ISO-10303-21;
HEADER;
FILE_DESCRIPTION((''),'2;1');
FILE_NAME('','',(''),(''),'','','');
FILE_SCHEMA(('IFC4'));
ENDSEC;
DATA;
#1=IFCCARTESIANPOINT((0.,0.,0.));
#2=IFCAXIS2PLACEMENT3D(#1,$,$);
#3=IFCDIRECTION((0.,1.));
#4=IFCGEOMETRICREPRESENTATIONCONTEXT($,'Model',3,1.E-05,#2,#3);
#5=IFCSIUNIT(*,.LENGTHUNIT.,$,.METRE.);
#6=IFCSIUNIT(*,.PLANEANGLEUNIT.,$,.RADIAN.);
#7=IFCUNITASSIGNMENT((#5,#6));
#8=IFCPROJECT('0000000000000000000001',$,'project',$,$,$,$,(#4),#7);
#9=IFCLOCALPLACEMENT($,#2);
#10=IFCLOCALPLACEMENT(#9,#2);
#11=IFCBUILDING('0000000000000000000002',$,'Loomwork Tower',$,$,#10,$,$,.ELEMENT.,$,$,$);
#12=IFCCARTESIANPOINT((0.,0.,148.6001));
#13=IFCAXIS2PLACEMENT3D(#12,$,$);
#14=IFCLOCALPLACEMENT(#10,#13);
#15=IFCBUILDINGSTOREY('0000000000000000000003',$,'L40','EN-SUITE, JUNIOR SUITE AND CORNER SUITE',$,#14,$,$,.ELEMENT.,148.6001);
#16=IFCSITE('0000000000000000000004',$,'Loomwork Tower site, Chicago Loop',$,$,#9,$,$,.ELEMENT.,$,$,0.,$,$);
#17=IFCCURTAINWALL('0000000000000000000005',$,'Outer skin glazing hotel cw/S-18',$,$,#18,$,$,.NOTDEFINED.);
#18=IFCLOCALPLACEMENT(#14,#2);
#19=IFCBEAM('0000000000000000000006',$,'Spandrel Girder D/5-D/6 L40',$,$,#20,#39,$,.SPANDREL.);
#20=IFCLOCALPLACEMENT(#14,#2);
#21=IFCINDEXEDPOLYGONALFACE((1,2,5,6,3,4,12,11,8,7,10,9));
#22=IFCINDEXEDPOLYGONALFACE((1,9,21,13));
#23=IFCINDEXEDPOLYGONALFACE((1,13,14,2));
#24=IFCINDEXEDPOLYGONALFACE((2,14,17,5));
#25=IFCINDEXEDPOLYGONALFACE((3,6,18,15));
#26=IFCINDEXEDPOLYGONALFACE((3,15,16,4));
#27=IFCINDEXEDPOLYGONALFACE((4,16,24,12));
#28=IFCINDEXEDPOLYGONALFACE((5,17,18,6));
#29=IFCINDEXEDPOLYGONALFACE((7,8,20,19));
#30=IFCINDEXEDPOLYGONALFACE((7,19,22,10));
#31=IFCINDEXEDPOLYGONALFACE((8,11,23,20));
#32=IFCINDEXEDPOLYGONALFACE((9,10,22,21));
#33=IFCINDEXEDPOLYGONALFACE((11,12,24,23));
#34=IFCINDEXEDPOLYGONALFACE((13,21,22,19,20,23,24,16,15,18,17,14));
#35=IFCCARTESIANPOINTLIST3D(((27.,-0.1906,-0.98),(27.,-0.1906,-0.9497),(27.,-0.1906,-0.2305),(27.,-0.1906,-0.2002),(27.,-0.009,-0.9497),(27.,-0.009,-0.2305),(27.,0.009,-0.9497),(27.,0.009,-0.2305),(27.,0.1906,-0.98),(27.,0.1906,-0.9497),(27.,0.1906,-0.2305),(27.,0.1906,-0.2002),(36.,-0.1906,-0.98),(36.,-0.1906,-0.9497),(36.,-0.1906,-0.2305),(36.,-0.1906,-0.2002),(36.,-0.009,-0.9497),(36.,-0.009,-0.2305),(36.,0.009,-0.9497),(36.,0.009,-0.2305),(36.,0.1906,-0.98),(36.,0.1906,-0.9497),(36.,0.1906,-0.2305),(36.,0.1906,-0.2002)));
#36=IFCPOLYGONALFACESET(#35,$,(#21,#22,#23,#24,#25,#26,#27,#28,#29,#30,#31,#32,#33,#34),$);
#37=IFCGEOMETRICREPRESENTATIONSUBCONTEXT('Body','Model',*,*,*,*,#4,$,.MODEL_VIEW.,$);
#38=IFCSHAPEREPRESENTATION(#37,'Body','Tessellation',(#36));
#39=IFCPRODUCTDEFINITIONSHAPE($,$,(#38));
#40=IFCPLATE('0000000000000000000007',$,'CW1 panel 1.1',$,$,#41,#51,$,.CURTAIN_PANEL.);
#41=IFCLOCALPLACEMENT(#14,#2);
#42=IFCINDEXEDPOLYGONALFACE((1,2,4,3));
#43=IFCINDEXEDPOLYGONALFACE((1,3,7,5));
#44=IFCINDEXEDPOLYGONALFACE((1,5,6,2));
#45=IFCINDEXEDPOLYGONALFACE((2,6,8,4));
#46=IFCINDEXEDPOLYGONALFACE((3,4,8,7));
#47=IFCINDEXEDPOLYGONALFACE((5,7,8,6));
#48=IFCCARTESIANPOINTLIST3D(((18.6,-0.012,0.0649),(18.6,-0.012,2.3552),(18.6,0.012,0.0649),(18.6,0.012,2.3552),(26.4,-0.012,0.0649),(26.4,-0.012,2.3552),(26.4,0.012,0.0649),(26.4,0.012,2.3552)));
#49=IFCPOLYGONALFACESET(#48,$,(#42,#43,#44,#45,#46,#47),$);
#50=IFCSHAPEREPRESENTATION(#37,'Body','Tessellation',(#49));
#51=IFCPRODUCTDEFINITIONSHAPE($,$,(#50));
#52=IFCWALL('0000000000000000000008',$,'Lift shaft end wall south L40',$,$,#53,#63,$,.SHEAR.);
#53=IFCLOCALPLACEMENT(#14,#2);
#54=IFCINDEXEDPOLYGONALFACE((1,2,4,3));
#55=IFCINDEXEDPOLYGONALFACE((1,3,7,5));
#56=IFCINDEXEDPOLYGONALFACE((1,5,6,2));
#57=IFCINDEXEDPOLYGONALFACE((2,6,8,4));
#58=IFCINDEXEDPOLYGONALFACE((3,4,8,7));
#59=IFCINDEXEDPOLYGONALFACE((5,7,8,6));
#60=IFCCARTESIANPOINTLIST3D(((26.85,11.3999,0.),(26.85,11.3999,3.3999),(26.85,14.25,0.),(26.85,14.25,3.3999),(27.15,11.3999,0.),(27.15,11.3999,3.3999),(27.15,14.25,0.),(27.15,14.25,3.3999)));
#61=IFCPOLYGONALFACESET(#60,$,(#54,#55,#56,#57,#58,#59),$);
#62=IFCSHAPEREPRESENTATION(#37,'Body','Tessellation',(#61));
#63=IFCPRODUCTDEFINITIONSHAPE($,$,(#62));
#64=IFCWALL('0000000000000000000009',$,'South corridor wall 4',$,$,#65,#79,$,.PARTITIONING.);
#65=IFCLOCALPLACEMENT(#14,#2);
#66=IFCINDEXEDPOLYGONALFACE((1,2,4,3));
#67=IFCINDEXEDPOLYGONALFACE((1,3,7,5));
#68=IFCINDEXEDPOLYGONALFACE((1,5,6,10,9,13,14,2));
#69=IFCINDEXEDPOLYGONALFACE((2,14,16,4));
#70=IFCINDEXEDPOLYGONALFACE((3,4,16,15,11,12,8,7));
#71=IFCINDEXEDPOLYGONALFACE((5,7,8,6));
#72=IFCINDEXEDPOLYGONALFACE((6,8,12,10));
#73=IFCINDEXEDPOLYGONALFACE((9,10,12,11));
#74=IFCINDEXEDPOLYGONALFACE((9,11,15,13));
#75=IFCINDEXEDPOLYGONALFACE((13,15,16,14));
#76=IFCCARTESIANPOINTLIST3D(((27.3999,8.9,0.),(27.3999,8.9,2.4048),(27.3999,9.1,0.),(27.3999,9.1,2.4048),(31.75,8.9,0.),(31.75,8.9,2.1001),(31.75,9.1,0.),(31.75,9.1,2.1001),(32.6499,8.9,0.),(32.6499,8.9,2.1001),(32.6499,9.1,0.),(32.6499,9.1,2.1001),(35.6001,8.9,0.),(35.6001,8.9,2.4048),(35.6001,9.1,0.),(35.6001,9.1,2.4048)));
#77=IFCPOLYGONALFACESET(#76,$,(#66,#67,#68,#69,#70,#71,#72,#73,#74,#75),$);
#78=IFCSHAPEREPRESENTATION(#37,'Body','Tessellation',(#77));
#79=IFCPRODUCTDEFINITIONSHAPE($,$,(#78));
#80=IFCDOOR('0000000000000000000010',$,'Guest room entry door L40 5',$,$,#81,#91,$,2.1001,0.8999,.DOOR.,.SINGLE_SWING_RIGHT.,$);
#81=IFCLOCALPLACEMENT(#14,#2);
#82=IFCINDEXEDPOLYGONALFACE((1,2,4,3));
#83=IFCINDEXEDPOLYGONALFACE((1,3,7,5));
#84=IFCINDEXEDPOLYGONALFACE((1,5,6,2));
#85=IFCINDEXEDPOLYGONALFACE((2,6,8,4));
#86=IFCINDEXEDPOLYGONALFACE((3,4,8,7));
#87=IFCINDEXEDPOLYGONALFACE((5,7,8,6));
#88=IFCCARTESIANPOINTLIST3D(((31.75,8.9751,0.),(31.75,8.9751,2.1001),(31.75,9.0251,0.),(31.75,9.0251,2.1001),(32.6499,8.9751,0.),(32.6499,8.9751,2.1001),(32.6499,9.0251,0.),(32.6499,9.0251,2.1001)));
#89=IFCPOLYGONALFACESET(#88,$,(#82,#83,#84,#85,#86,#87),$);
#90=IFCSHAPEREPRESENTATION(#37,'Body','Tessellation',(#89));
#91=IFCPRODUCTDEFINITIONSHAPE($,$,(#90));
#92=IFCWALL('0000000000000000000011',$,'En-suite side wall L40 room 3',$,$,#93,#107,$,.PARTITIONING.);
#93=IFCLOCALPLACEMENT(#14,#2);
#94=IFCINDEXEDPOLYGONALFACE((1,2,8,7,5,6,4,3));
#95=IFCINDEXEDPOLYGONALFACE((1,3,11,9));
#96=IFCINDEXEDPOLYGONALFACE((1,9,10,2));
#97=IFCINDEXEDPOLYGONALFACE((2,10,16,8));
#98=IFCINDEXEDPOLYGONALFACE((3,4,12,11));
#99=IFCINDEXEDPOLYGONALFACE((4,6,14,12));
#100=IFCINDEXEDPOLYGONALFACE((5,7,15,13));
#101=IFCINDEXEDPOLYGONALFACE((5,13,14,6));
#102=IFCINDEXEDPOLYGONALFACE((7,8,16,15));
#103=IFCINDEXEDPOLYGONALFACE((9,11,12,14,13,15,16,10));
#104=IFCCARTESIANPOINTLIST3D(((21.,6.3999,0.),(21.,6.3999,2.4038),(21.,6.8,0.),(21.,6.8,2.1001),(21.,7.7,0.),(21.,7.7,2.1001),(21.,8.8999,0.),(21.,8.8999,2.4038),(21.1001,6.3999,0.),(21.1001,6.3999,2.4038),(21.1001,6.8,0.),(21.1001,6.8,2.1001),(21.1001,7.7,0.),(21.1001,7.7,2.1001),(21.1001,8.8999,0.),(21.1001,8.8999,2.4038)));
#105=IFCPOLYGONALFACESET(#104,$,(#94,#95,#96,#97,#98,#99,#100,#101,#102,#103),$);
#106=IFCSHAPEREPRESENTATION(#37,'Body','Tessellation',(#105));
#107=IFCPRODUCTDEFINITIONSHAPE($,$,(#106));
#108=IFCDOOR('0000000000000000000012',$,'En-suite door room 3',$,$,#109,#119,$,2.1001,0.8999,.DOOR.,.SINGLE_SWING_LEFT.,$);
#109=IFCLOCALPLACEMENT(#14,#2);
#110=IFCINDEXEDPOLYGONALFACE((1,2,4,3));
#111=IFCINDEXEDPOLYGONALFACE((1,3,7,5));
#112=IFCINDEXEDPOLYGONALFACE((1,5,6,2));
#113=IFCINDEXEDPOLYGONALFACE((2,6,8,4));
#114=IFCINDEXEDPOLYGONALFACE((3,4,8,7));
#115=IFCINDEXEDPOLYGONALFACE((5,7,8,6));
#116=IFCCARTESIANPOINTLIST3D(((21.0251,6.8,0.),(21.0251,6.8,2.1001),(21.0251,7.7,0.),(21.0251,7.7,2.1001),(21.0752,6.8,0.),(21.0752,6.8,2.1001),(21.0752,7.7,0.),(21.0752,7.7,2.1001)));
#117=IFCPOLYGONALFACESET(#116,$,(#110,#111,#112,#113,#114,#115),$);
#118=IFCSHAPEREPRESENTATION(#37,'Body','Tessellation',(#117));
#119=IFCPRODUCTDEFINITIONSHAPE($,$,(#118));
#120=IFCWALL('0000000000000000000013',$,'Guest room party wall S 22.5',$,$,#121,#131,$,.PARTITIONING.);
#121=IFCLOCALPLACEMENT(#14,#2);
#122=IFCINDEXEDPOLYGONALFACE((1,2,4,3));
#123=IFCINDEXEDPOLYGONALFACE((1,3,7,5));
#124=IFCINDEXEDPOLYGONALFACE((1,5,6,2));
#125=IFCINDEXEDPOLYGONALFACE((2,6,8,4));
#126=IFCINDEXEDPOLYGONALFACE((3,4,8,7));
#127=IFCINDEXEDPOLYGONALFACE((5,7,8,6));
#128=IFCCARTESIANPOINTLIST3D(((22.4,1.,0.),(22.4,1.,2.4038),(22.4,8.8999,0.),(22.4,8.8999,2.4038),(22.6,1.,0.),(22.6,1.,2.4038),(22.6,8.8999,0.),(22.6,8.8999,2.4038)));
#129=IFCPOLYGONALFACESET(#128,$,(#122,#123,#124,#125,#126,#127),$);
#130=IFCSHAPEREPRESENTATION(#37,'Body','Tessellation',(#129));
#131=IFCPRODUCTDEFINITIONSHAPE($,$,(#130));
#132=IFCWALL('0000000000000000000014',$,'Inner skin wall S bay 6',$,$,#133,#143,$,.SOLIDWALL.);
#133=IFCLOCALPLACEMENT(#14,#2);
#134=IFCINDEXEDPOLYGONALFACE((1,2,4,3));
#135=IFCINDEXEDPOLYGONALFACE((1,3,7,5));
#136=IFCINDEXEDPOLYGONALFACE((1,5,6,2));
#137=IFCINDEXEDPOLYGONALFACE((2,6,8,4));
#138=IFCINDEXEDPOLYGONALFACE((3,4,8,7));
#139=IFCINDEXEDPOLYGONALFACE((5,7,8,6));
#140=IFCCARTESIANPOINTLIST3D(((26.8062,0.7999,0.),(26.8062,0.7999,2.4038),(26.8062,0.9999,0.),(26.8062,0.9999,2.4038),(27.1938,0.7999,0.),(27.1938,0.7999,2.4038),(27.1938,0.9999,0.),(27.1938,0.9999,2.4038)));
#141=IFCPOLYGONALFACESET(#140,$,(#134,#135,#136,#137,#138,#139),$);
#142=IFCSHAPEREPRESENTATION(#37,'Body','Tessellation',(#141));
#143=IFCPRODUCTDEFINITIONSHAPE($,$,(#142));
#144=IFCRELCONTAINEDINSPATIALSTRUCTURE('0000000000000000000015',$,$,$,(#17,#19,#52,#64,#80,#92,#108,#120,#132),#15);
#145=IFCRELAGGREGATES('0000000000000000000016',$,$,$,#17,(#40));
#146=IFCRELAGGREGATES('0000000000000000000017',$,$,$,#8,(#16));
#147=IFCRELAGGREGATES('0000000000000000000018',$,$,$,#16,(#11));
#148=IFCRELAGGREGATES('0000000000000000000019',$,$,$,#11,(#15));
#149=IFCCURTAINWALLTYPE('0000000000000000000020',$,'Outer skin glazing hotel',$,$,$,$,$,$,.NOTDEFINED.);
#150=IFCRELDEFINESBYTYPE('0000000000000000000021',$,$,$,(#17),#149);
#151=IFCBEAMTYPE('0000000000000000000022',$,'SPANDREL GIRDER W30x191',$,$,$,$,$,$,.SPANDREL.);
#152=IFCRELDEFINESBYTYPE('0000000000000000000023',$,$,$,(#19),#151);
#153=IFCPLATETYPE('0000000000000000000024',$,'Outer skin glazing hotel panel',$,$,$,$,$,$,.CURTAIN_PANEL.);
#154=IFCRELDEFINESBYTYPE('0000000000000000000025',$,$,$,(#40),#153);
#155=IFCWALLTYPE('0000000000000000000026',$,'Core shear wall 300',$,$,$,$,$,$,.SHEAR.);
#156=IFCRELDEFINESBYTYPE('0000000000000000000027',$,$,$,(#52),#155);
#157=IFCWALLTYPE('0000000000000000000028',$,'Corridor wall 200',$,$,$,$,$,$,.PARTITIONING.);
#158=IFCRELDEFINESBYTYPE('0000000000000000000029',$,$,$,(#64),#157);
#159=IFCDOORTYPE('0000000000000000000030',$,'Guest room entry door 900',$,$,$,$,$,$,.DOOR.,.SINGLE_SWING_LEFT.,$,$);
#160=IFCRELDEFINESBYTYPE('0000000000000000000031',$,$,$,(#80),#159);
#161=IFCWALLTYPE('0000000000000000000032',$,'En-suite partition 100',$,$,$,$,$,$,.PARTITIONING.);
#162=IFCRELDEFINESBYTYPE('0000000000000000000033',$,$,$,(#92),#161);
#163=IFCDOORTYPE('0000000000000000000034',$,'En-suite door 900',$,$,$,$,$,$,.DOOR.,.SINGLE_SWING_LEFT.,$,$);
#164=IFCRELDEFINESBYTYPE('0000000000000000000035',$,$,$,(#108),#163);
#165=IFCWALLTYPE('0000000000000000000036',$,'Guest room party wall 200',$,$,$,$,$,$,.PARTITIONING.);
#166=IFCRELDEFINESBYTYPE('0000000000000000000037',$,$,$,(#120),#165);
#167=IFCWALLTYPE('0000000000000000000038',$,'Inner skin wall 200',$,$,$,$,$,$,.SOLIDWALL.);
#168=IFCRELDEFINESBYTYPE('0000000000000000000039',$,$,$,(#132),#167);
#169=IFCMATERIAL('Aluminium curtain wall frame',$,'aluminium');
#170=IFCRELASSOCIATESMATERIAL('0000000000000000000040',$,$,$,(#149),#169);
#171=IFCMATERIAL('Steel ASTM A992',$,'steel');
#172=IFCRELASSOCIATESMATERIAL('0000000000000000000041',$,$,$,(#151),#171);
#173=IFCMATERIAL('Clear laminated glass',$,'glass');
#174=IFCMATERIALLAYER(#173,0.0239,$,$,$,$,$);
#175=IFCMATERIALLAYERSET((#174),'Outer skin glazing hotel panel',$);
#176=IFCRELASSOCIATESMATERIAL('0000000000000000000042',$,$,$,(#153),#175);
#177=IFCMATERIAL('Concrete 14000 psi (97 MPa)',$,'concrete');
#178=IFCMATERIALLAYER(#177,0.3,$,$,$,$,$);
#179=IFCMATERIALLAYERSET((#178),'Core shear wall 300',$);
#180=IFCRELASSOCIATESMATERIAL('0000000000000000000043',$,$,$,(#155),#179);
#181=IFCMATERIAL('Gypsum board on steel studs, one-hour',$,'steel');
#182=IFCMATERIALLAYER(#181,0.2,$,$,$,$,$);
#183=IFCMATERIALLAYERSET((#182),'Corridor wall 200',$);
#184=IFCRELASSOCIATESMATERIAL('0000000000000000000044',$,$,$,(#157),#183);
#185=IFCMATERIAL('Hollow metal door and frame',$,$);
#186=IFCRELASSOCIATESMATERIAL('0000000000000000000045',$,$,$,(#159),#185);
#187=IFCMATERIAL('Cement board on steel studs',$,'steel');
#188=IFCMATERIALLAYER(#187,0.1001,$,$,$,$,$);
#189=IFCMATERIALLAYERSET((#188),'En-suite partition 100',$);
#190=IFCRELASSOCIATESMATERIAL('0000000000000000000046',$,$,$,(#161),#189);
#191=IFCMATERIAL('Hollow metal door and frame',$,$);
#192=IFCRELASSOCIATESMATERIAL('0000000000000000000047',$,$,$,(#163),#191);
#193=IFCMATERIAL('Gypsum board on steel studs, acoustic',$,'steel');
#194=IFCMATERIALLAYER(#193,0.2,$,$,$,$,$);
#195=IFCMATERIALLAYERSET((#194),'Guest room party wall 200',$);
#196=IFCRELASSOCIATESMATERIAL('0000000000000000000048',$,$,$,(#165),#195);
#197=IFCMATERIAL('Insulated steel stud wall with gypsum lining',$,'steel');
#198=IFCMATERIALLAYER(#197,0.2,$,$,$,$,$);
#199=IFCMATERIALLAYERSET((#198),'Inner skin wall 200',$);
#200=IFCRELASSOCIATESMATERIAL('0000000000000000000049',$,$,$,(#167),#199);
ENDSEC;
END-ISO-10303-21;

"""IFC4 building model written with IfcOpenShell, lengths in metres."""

from ifc_helpers import new_model, si_unit, direction, frame, frame_2d, origin, origin_2d, place, context, subcontext, project, spatial, rectangle, i_section, extrude, material, layer, layer_set, material_profile, profile_set, type_object, element, fill, aggregate, save


model = new_model("IFC4")

# Units and contexts
model_context = context("Model", 3, precision=1e-05, world=origin(), true_north=direction((0.0, 1.0)))
body_context = subcontext(model_context, "Body", "Model", "MODEL_VIEW")
ifc_project = project(units=[si_unit("LENGTHUNIT", "METRE"), si_unit("PLANEANGLEUNIT", "RADIAN")], contexts=[model_context])

# Site, building, storey
site_placement = place(None, origin())
site = spatial("IfcSite", under=ifc_project, at=site_placement, Name="Loomwork Tower site, Chicago Loop", CompositionType="ELEMENT", RefElevation=0.0)
building_placement = place(site_placement, origin())
building = spatial("IfcBuilding", under=site, at=building_placement, Name="Loomwork Tower", CompositionType="ELEMENT")
storey_placement = place(building_placement, frame((0.0, 0.0, 148.6001)))
storey = spatial("IfcBuildingStorey", under=building, at=storey_placement, Name="L40", Description="EN-SUITE, JUNIOR SUITE AND CORNER SUITE", CompositionType="ELEMENT", Elevation=148.6001)

# Curtain wall
ifc_material_1 = material(Name="Aluminium curtain wall frame", Category="aluminium")
curtain_wall_type = type_object("IfcCurtainWallType", Name="Outer skin glazing hotel", PredefinedType="NOTDEFINED", material=ifc_material_1)
curtain_wall_1_placement = place(storey_placement, origin())
curtain_wall_1 = element("IfcCurtainWall", 1, at=curtain_wall_1_placement, inside=storey, type_object=curtain_wall_type, Name="Outer skin glazing hotel cw/S-18", PredefinedType="NOTDEFINED")

# Beam
ifc_material_2 = material(Name="Steel ASTM A992", Category="steel")
ifc_material_profile_1 = material_profile(ifc_material_2, i_section(OverallWidth=0.3811, OverallDepth=0.7798, WebThickness=0.0181, FlangeThickness=0.0303, at=origin_2d()), Name="W30x191")
ifc_profile_set_1 = profile_set([ifc_material_profile_1], Name="Steel ASTM A992")
beam_type_1 = type_object("IfcBeamType", Name="SPANDREL GIRDER W30x191", PredefinedType="SPANDREL", material=ifc_profile_set_1)
beam_1_placement = place(storey_placement, frame((27.0, 0.0, -0.5901), z_axis=(1.0, 0.0, 0.0), x_axis=(0.0, 1.0, 0.0)))
element("IfcBeam", 2, at=beam_1_placement, inside=storey, type_object=beam_type_1, Name="Spandrel Girder D/5-D/6 L40", PredefinedType="SPANDREL", context=body_context, shape_type="SweptSolid", body=[
    extrude(i_section(OverallWidth=0.3811, OverallDepth=0.7798, WebThickness=0.0181, FlangeThickness=0.0303, at=origin_2d()), origin(), (0.0, 0.0, 1.0), 9.0),
])

# Plate
ifc_material_3 = material(Name="Clear laminated glass", Category="glass")
ifc_layer_1 = layer(ifc_material_3, 0.0239)
ifc_layer_set_1 = layer_set([ifc_layer_1], Name="Outer skin glazing hotel panel")
plate_type = type_object("IfcPlateType", Name="Outer skin glazing hotel panel", PredefinedType="CURTAIN_PANEL", material=ifc_layer_set_1)
plate_placement = place(storey_placement, frame((22.5, 0.0, 0.0649), z_axis=(0.0, 0.0, 1.0), x_axis=(1.0, 0.0, 0.0)))
plate = element("IfcPlate", 3, at=plate_placement, type_object=plate_type, Name="CW1 panel 1.1", PredefinedType="CURTAIN_PANEL", context=body_context, shape_type="SweptSolid", body=[
    extrude(rectangle(XDim=7.8, YDim=0.0239, at=origin_2d()), origin(), (0.0, 0.0, 1.0), 2.2903),
])
aggregate(curtain_wall_1, [plate])

# Wall
ifc_material_4 = material(Name="Concrete 14000 psi (97 MPa)", Category="concrete")
ifc_layer_2 = layer(ifc_material_4, 0.3)
ifc_layer_set_2 = layer_set([ifc_layer_2], Name="Core shear wall 300")
wall_type_1 = type_object("IfcWallType", Name="Core shear wall 300", PredefinedType="SHEAR", material=ifc_layer_set_2)
wall_1_placement = place(storey_placement, frame((27.0, 11.3999, 0.0), z_axis=(0.0, 0.0, 1.0), x_axis=(0.0, 1.0, 0.0)))
element("IfcWall", 4, at=wall_1_placement, inside=storey, type_object=wall_type_1, Name="Lift shaft end wall south L40", PredefinedType="SHEAR", context=body_context, shape_type="SweptSolid", body=[
    extrude(rectangle(XDim=2.8501, YDim=0.3, at=frame_2d((1.425, 0.0))), origin(), (0.0, 0.0, 1.0), 3.3999),
])

# Walls, openings, doors
ifc_material_5 = material(Name="Gypsum board on steel studs, one-hour", Category="steel")
ifc_layer_3 = layer(ifc_material_5, 0.2)
ifc_layer_set_3 = layer_set([ifc_layer_3], Name="Corridor wall 200")
wall_type_2 = type_object("IfcWallType", Name="Corridor wall 200", PredefinedType="PARTITIONING", material=ifc_layer_set_3)
wall_2_placement = place(storey_placement, frame((27.3999, 9.0, 0.0), z_axis=(0.0, 0.0, 1.0), x_axis=(1.0, 0.0, 0.0)))
wall_2 = element("IfcWall", 5, at=wall_2_placement, inside=storey, type_object=wall_type_2, Name="South corridor wall 4", PredefinedType="PARTITIONING", context=body_context, shape_type="SweptSolid", body=[
    extrude(rectangle(XDim=8.2002, YDim=0.2, at=frame_2d((4.1001, 0.0))), origin(), (0.0, 0.0, 1.0), 2.4048),
])
opening_1_placement = place(wall_2_placement, frame((4.3501, 0.0, 0.0)))
opening_1 = element("IfcOpeningElement", 6, at=opening_1_placement, cuts=wall_2, PredefinedType="OPENING", context=body_context, shape_type="SweptSolid", body=[
    extrude(rectangle(XDim=0.8999, YDim=2.1001, at=frame_2d((0.45, 1.05))), frame((0.0, 0.1099, 0.0), z_axis=(0.0, -1.0, 0.0), x_axis=(1.0, 0.0, 0.0)), (0.0, 0.0, 1.0), 0.22),
])
ifc_material_6 = material(Name="Hollow metal door and frame")
door_type_1 = type_object("IfcDoorType", Name="Guest room entry door 900", OperationType="SINGLE_SWING_LEFT", PredefinedType="DOOR", material=ifc_material_6)
door_1_placement = place(opening_1_placement, frame((0.8999, 0.0, 0.0), z_axis=(0.0, 0.0, 1.0), x_axis=(-1.0, 0.0, 0.0)))
door_1 = element("IfcDoor", 7, at=door_1_placement, inside=storey, type_object=door_type_1, Name="Guest room entry door L40 5", OperationType="SINGLE_SWING_RIGHT", OverallHeight=2.1001, OverallWidth=0.8999, PredefinedType="DOOR", context=body_context, shape_type="SweptSolid", body=[
    extrude(rectangle(XDim=0.8999, YDim=2.1001, at=frame_2d((0.45, 1.05))), frame((0.0, 0.0249, 0.0), z_axis=(0.0, -1.0, 0.0), x_axis=(1.0, 0.0, 0.0)), (0.0, 0.0, 1.0), 0.05),
])
fill(opening_1, door_1)
ifc_material_7 = material(Name="Cement board on steel studs", Category="steel")
ifc_layer_4 = layer(ifc_material_7, 0.1001)
ifc_layer_set_4 = layer_set([ifc_layer_4], Name="En-suite partition 100")
wall_type_3 = type_object("IfcWallType", Name="En-suite partition 100", PredefinedType="PARTITIONING", material=ifc_layer_set_4)
wall_3_placement = place(storey_placement, frame((21.05, 8.8999, 0.0), z_axis=(0.0, 0.0, 1.0), x_axis=(0.0, -1.0, 0.0)))
wall_3 = element("IfcWall", 8, at=wall_3_placement, inside=storey, type_object=wall_type_3, Name="En-suite side wall L40 room 3", PredefinedType="PARTITIONING", context=body_context, shape_type="SweptSolid", body=[
    extrude(rectangle(XDim=2.5, YDim=0.1001, at=frame_2d((1.25, 0.0))), origin(), (0.0, 0.0, 1.0), 2.4038),
])
opening_2_placement = place(wall_3_placement, frame((1.2, 0.0, 0.0)))
opening_2 = element("IfcOpeningElement", 9, at=opening_2_placement, cuts=wall_3, PredefinedType="OPENING", context=body_context, shape_type="SweptSolid", body=[
    extrude(rectangle(XDim=0.8999, YDim=2.1001, at=frame_2d((0.45, 1.05))), frame((0.0, 0.0601, 0.0), z_axis=(0.0, -1.0, 0.0), x_axis=(1.0, 0.0, 0.0)), (0.0, 0.0, 1.0), 0.1201),
])
ifc_material_8 = material(Name="Hollow metal door and frame")
door_type_2 = type_object("IfcDoorType", Name="En-suite door 900", OperationType="SINGLE_SWING_LEFT", PredefinedType="DOOR", material=ifc_material_8)
door_2_placement = place(opening_2_placement, frame((0.8999, 0.0, 0.0), z_axis=(0.0, 0.0, 1.0), x_axis=(-1.0, 0.0, 0.0)))
door_2 = element("IfcDoor", 10, at=door_2_placement, inside=storey, type_object=door_type_2, Name="En-suite door room 3", OperationType="SINGLE_SWING_LEFT", OverallHeight=2.1001, OverallWidth=0.8999, PredefinedType="DOOR", context=body_context, shape_type="SweptSolid", body=[
    extrude(rectangle(XDim=0.8999, YDim=2.1001, at=frame_2d((0.45, 1.05))), frame((0.0, 0.0249, 0.0), z_axis=(0.0, -1.0, 0.0), x_axis=(1.0, 0.0, 0.0)), (0.0, 0.0, 1.0), 0.05),
])
fill(opening_2, door_2)

# Walls
ifc_material_9 = material(Name="Gypsum board on steel studs, acoustic", Category="steel")
ifc_layer_5 = layer(ifc_material_9, 0.2)
ifc_layer_set_5 = layer_set([ifc_layer_5], Name="Guest room party wall 200")
wall_type_4 = type_object("IfcWallType", Name="Guest room party wall 200", PredefinedType="PARTITIONING", material=ifc_layer_set_5)
wall_4_placement = place(storey_placement, frame((22.5, 8.8999, 0.0), z_axis=(0.0, 0.0, 1.0), x_axis=(0.0, -1.0, 0.0)))
element("IfcWall", 11, at=wall_4_placement, inside=storey, type_object=wall_type_4, Name="Guest room party wall S 22.5", PredefinedType="PARTITIONING", context=body_context, shape_type="SweptSolid", body=[
    extrude(rectangle(XDim=7.8999, YDim=0.2, at=frame_2d((3.95, 0.0))), origin(), (0.0, 0.0, 1.0), 2.4038),
])
ifc_material_10 = material(Name="Insulated steel stud wall with gypsum lining", Category="steel")
ifc_layer_6 = layer(ifc_material_10, 0.2)
ifc_layer_set_6 = layer_set([ifc_layer_6], Name="Inner skin wall 200")
wall_type_5 = type_object("IfcWallType", Name="Inner skin wall 200", PredefinedType="SOLIDWALL", material=ifc_layer_set_6)
wall_5_placement = place(storey_placement, frame((26.8062, 0.8999, 0.0), z_axis=(0.0, 0.0, 1.0), x_axis=(1.0, 0.0, 0.0)))
element("IfcWall", 12, at=wall_5_placement, inside=storey, type_object=wall_type_5, Name="Inner skin wall S bay 6", PredefinedType="SOLIDWALL", context=body_context, shape_type="SweptSolid", body=[
    extrude(rectangle(XDim=0.3877, YDim=0.2, at=frame_2d((0.1938, 0.0))), origin(), (0.0, 0.0, 1.0), 2.4038),
])

save(model, "model.ifc")
